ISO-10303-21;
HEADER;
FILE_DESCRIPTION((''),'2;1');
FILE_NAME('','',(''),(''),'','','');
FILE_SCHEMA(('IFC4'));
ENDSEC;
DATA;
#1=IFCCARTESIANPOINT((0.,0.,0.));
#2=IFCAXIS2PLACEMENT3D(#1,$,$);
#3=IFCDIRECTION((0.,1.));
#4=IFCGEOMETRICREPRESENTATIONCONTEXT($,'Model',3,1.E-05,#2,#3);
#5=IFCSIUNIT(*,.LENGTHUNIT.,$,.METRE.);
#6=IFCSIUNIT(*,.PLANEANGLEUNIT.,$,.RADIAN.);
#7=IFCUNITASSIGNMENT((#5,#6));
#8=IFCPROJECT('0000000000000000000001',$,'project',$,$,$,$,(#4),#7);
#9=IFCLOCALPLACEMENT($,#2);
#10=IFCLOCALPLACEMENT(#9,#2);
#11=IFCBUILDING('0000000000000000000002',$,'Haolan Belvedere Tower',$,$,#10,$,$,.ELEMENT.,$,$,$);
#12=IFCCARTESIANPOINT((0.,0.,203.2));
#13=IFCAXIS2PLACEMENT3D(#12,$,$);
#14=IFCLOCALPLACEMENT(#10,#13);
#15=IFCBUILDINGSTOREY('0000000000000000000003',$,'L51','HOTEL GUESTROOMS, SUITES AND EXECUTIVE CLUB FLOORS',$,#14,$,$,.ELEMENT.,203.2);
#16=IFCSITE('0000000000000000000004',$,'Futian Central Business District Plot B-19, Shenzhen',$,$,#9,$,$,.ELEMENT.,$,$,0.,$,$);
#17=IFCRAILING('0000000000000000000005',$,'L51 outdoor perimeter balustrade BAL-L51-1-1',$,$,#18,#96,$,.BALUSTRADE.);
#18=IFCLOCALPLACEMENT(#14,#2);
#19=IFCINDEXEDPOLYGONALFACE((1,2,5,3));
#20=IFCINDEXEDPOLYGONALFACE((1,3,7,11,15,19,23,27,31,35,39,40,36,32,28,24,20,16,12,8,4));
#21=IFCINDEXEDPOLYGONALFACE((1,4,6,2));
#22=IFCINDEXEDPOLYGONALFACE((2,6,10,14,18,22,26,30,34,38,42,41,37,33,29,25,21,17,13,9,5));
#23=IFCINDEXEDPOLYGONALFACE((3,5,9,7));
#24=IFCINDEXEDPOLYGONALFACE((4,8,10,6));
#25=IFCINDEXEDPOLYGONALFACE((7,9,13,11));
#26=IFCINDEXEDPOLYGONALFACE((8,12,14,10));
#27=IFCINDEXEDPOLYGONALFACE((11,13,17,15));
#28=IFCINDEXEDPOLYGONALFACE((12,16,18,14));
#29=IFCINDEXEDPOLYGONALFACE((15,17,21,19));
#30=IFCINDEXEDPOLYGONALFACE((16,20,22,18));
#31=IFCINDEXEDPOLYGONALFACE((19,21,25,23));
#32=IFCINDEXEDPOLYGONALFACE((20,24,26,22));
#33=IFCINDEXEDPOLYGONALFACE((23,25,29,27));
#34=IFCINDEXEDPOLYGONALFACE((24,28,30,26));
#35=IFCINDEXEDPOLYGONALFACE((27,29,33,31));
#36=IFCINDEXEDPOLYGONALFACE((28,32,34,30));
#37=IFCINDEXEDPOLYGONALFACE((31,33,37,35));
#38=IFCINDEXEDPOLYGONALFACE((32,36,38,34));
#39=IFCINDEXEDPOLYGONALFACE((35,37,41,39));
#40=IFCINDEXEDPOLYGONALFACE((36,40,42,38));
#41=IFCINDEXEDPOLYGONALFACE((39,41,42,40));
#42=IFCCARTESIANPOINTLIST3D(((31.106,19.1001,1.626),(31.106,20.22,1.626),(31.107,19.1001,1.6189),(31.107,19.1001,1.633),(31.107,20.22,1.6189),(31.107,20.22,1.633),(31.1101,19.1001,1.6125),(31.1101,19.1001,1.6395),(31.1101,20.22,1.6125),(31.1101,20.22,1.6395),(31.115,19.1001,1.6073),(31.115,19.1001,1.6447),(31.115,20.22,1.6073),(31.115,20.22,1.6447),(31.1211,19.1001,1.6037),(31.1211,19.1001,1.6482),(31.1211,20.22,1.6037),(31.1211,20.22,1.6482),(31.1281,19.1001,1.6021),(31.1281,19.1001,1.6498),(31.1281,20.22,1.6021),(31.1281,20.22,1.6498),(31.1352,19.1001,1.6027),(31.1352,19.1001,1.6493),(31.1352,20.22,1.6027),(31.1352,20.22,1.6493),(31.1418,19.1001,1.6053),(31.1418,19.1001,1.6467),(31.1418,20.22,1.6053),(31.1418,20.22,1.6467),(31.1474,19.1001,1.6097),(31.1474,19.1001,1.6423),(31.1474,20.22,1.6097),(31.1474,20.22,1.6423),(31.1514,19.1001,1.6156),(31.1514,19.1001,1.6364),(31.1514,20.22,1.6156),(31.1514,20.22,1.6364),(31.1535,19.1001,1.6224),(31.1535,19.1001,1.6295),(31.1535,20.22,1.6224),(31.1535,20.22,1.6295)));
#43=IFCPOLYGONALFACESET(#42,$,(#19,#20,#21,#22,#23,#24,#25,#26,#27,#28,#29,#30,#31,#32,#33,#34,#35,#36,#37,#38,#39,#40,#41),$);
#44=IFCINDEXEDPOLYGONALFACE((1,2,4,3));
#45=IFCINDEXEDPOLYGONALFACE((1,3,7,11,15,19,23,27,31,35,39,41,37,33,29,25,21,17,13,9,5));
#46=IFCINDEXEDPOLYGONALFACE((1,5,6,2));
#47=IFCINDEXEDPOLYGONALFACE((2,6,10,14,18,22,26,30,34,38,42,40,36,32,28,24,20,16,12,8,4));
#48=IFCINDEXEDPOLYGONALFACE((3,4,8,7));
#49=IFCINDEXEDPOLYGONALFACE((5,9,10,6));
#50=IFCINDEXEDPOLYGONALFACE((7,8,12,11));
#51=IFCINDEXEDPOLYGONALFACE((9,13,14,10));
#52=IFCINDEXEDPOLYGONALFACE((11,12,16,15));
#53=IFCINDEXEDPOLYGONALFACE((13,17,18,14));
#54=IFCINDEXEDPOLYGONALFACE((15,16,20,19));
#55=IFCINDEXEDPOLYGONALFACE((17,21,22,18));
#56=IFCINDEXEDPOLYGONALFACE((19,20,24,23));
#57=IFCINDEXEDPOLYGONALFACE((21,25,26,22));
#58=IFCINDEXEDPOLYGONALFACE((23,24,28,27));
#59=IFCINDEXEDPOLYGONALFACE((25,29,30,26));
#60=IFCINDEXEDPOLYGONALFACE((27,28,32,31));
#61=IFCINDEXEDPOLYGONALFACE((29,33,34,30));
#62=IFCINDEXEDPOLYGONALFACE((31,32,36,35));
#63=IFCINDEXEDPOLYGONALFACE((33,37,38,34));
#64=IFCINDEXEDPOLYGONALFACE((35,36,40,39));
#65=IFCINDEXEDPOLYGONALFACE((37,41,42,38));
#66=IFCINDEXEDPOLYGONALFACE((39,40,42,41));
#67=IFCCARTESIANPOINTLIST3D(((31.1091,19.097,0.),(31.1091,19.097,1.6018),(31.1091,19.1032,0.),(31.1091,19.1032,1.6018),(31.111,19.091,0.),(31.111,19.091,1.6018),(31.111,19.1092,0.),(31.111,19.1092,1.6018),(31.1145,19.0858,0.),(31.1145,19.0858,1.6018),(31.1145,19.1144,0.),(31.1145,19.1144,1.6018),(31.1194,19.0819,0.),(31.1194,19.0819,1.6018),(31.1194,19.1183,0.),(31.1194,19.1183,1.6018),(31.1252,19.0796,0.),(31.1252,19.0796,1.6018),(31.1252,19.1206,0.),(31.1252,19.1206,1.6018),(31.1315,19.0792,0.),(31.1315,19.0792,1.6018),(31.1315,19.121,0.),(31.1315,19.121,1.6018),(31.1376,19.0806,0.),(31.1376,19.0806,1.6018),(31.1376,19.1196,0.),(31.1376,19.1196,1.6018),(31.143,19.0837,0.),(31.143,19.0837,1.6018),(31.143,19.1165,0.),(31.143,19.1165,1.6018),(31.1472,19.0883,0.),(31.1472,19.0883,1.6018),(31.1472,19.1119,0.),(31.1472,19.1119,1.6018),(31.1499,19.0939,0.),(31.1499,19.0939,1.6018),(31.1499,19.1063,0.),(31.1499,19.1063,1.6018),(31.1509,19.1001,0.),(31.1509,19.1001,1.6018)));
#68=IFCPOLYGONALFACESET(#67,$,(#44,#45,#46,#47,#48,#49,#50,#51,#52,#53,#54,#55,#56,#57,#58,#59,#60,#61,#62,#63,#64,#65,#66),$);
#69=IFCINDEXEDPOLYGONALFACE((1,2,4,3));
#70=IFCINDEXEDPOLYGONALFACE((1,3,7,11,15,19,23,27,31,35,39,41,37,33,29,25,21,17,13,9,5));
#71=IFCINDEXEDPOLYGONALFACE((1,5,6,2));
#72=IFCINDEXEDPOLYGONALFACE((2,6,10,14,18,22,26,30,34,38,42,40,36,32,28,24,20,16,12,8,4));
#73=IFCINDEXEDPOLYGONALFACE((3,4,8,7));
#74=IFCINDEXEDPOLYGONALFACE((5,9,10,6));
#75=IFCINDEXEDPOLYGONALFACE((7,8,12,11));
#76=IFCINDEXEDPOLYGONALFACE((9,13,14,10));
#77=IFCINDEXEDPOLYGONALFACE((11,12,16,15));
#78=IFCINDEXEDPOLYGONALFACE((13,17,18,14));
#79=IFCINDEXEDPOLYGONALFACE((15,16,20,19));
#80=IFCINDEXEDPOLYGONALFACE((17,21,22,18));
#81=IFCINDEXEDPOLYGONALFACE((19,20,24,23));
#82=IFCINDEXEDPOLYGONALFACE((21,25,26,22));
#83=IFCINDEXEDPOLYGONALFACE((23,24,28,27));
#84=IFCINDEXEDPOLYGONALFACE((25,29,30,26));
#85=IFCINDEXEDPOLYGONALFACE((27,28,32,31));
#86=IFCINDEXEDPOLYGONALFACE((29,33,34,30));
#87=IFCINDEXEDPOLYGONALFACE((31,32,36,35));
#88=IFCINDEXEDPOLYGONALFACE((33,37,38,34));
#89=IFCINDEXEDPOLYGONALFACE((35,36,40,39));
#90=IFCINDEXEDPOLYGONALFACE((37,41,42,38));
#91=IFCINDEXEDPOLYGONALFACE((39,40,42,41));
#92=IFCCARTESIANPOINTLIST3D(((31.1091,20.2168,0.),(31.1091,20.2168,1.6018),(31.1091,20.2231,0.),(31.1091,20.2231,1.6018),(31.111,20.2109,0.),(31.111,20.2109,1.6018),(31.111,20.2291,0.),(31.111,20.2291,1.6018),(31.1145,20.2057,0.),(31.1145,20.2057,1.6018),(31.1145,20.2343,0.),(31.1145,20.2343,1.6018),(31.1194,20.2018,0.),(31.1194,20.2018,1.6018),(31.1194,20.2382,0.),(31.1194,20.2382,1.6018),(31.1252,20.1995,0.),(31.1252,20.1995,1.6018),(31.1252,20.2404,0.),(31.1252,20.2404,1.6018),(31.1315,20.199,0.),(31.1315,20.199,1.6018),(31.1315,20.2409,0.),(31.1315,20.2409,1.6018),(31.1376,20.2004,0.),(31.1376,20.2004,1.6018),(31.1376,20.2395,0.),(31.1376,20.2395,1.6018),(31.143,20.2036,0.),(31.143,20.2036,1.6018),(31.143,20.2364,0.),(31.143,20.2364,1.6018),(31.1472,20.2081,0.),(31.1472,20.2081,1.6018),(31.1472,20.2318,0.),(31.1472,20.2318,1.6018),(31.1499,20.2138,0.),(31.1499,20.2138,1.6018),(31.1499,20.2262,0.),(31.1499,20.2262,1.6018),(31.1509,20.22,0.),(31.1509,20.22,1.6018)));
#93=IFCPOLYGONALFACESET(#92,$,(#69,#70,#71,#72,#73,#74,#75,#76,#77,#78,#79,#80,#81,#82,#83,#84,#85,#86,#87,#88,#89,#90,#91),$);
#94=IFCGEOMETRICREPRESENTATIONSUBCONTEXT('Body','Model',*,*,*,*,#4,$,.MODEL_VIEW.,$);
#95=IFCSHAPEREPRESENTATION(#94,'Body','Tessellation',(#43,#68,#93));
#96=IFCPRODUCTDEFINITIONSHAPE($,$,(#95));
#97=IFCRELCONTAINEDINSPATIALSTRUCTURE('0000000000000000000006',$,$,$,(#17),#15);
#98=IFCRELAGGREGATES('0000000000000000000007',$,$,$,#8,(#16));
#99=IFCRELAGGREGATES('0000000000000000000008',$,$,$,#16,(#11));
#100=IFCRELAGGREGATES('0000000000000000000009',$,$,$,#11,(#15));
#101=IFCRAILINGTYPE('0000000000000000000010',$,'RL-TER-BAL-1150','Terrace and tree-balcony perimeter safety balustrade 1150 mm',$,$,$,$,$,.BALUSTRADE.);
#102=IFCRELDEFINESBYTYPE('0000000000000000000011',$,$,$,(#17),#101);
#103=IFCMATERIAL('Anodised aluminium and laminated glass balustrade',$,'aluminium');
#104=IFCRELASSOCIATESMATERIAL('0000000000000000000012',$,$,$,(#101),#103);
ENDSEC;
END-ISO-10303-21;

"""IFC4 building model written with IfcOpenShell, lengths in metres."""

from ifc_helpers import new_model, si_unit, direction, frame, origin, origin_2d, place, context, subcontext, project, spatial, circle, extrude, material, type_object, element, save


model = new_model("IFC4")

# Units and contexts
model_context = context("Model", 3, precision=1e-05, world=origin(), true_north=direction((0.0, 1.0)))
body_context = subcontext(model_context, "Body", "Model", "MODEL_VIEW")
ifc_project = project(units=[si_unit("LENGTHUNIT", "METRE"), si_unit("PLANEANGLEUNIT", "RADIAN")], contexts=[model_context])

# Site, building, storey
site_placement = place(None, origin())
site = spatial("IfcSite", under=ifc_project, at=site_placement, Name="Futian Central Business District Plot B-19, Shenzhen", CompositionType="ELEMENT", RefElevation=0.0)
building_placement = place(site_placement, origin())
building = spatial("IfcBuilding", under=site, at=building_placement, Name="Haolan Belvedere Tower", CompositionType="ELEMENT")
storey_placement = place(building_placement, frame((0.0, 0.0, 203.2)))
storey = spatial("IfcBuildingStorey", under=building, at=storey_placement, Name="L51", Description="HOTEL GUESTROOMS, SUITES AND EXECUTIVE CLUB FLOORS", CompositionType="ELEMENT", Elevation=203.2)

# Railing
ifc_material_1 = material(Name="Anodised aluminium and laminated glass balustrade", Category="aluminium")
railing_type = type_object("IfcRailingType", Name="RL-TER-BAL-1150", Description="Terrace and tree-balcony perimeter safety balustrade 1150 mm", PredefinedType="BALUSTRADE", material=ifc_material_1)
railing_1_placement = place(storey_placement, frame((31.1299, 19.1001, 0.0)))
element("IfcRailing", 1, at=railing_1_placement, inside=storey, type_object=railing_type, Name="L51 outdoor perimeter balustrade BAL-L51-1-1", PredefinedType="BALUSTRADE", context=body_context, shape_type="SweptSolid", body=[
    extrude(circle(Radius=0.0239, at=origin_2d()), frame((0.0, 0.0, 1.626), z_axis=(0.0, 1.0, 0.0), x_axis=(-1.0, 0.0, 0.0)), (0.0, 0.0, 1.0), 1.1199),
    extrude(circle(Radius=0.021, at=origin_2d()), origin(), (0.0, 0.0, 1.0), 1.6018),
    extrude(circle(Radius=0.021, at=origin_2d()), frame((0.0, 1.1199, 0.0)), (0.0, 0.0, 1.0), 1.6018),
])

save(model, "model.ifc")
